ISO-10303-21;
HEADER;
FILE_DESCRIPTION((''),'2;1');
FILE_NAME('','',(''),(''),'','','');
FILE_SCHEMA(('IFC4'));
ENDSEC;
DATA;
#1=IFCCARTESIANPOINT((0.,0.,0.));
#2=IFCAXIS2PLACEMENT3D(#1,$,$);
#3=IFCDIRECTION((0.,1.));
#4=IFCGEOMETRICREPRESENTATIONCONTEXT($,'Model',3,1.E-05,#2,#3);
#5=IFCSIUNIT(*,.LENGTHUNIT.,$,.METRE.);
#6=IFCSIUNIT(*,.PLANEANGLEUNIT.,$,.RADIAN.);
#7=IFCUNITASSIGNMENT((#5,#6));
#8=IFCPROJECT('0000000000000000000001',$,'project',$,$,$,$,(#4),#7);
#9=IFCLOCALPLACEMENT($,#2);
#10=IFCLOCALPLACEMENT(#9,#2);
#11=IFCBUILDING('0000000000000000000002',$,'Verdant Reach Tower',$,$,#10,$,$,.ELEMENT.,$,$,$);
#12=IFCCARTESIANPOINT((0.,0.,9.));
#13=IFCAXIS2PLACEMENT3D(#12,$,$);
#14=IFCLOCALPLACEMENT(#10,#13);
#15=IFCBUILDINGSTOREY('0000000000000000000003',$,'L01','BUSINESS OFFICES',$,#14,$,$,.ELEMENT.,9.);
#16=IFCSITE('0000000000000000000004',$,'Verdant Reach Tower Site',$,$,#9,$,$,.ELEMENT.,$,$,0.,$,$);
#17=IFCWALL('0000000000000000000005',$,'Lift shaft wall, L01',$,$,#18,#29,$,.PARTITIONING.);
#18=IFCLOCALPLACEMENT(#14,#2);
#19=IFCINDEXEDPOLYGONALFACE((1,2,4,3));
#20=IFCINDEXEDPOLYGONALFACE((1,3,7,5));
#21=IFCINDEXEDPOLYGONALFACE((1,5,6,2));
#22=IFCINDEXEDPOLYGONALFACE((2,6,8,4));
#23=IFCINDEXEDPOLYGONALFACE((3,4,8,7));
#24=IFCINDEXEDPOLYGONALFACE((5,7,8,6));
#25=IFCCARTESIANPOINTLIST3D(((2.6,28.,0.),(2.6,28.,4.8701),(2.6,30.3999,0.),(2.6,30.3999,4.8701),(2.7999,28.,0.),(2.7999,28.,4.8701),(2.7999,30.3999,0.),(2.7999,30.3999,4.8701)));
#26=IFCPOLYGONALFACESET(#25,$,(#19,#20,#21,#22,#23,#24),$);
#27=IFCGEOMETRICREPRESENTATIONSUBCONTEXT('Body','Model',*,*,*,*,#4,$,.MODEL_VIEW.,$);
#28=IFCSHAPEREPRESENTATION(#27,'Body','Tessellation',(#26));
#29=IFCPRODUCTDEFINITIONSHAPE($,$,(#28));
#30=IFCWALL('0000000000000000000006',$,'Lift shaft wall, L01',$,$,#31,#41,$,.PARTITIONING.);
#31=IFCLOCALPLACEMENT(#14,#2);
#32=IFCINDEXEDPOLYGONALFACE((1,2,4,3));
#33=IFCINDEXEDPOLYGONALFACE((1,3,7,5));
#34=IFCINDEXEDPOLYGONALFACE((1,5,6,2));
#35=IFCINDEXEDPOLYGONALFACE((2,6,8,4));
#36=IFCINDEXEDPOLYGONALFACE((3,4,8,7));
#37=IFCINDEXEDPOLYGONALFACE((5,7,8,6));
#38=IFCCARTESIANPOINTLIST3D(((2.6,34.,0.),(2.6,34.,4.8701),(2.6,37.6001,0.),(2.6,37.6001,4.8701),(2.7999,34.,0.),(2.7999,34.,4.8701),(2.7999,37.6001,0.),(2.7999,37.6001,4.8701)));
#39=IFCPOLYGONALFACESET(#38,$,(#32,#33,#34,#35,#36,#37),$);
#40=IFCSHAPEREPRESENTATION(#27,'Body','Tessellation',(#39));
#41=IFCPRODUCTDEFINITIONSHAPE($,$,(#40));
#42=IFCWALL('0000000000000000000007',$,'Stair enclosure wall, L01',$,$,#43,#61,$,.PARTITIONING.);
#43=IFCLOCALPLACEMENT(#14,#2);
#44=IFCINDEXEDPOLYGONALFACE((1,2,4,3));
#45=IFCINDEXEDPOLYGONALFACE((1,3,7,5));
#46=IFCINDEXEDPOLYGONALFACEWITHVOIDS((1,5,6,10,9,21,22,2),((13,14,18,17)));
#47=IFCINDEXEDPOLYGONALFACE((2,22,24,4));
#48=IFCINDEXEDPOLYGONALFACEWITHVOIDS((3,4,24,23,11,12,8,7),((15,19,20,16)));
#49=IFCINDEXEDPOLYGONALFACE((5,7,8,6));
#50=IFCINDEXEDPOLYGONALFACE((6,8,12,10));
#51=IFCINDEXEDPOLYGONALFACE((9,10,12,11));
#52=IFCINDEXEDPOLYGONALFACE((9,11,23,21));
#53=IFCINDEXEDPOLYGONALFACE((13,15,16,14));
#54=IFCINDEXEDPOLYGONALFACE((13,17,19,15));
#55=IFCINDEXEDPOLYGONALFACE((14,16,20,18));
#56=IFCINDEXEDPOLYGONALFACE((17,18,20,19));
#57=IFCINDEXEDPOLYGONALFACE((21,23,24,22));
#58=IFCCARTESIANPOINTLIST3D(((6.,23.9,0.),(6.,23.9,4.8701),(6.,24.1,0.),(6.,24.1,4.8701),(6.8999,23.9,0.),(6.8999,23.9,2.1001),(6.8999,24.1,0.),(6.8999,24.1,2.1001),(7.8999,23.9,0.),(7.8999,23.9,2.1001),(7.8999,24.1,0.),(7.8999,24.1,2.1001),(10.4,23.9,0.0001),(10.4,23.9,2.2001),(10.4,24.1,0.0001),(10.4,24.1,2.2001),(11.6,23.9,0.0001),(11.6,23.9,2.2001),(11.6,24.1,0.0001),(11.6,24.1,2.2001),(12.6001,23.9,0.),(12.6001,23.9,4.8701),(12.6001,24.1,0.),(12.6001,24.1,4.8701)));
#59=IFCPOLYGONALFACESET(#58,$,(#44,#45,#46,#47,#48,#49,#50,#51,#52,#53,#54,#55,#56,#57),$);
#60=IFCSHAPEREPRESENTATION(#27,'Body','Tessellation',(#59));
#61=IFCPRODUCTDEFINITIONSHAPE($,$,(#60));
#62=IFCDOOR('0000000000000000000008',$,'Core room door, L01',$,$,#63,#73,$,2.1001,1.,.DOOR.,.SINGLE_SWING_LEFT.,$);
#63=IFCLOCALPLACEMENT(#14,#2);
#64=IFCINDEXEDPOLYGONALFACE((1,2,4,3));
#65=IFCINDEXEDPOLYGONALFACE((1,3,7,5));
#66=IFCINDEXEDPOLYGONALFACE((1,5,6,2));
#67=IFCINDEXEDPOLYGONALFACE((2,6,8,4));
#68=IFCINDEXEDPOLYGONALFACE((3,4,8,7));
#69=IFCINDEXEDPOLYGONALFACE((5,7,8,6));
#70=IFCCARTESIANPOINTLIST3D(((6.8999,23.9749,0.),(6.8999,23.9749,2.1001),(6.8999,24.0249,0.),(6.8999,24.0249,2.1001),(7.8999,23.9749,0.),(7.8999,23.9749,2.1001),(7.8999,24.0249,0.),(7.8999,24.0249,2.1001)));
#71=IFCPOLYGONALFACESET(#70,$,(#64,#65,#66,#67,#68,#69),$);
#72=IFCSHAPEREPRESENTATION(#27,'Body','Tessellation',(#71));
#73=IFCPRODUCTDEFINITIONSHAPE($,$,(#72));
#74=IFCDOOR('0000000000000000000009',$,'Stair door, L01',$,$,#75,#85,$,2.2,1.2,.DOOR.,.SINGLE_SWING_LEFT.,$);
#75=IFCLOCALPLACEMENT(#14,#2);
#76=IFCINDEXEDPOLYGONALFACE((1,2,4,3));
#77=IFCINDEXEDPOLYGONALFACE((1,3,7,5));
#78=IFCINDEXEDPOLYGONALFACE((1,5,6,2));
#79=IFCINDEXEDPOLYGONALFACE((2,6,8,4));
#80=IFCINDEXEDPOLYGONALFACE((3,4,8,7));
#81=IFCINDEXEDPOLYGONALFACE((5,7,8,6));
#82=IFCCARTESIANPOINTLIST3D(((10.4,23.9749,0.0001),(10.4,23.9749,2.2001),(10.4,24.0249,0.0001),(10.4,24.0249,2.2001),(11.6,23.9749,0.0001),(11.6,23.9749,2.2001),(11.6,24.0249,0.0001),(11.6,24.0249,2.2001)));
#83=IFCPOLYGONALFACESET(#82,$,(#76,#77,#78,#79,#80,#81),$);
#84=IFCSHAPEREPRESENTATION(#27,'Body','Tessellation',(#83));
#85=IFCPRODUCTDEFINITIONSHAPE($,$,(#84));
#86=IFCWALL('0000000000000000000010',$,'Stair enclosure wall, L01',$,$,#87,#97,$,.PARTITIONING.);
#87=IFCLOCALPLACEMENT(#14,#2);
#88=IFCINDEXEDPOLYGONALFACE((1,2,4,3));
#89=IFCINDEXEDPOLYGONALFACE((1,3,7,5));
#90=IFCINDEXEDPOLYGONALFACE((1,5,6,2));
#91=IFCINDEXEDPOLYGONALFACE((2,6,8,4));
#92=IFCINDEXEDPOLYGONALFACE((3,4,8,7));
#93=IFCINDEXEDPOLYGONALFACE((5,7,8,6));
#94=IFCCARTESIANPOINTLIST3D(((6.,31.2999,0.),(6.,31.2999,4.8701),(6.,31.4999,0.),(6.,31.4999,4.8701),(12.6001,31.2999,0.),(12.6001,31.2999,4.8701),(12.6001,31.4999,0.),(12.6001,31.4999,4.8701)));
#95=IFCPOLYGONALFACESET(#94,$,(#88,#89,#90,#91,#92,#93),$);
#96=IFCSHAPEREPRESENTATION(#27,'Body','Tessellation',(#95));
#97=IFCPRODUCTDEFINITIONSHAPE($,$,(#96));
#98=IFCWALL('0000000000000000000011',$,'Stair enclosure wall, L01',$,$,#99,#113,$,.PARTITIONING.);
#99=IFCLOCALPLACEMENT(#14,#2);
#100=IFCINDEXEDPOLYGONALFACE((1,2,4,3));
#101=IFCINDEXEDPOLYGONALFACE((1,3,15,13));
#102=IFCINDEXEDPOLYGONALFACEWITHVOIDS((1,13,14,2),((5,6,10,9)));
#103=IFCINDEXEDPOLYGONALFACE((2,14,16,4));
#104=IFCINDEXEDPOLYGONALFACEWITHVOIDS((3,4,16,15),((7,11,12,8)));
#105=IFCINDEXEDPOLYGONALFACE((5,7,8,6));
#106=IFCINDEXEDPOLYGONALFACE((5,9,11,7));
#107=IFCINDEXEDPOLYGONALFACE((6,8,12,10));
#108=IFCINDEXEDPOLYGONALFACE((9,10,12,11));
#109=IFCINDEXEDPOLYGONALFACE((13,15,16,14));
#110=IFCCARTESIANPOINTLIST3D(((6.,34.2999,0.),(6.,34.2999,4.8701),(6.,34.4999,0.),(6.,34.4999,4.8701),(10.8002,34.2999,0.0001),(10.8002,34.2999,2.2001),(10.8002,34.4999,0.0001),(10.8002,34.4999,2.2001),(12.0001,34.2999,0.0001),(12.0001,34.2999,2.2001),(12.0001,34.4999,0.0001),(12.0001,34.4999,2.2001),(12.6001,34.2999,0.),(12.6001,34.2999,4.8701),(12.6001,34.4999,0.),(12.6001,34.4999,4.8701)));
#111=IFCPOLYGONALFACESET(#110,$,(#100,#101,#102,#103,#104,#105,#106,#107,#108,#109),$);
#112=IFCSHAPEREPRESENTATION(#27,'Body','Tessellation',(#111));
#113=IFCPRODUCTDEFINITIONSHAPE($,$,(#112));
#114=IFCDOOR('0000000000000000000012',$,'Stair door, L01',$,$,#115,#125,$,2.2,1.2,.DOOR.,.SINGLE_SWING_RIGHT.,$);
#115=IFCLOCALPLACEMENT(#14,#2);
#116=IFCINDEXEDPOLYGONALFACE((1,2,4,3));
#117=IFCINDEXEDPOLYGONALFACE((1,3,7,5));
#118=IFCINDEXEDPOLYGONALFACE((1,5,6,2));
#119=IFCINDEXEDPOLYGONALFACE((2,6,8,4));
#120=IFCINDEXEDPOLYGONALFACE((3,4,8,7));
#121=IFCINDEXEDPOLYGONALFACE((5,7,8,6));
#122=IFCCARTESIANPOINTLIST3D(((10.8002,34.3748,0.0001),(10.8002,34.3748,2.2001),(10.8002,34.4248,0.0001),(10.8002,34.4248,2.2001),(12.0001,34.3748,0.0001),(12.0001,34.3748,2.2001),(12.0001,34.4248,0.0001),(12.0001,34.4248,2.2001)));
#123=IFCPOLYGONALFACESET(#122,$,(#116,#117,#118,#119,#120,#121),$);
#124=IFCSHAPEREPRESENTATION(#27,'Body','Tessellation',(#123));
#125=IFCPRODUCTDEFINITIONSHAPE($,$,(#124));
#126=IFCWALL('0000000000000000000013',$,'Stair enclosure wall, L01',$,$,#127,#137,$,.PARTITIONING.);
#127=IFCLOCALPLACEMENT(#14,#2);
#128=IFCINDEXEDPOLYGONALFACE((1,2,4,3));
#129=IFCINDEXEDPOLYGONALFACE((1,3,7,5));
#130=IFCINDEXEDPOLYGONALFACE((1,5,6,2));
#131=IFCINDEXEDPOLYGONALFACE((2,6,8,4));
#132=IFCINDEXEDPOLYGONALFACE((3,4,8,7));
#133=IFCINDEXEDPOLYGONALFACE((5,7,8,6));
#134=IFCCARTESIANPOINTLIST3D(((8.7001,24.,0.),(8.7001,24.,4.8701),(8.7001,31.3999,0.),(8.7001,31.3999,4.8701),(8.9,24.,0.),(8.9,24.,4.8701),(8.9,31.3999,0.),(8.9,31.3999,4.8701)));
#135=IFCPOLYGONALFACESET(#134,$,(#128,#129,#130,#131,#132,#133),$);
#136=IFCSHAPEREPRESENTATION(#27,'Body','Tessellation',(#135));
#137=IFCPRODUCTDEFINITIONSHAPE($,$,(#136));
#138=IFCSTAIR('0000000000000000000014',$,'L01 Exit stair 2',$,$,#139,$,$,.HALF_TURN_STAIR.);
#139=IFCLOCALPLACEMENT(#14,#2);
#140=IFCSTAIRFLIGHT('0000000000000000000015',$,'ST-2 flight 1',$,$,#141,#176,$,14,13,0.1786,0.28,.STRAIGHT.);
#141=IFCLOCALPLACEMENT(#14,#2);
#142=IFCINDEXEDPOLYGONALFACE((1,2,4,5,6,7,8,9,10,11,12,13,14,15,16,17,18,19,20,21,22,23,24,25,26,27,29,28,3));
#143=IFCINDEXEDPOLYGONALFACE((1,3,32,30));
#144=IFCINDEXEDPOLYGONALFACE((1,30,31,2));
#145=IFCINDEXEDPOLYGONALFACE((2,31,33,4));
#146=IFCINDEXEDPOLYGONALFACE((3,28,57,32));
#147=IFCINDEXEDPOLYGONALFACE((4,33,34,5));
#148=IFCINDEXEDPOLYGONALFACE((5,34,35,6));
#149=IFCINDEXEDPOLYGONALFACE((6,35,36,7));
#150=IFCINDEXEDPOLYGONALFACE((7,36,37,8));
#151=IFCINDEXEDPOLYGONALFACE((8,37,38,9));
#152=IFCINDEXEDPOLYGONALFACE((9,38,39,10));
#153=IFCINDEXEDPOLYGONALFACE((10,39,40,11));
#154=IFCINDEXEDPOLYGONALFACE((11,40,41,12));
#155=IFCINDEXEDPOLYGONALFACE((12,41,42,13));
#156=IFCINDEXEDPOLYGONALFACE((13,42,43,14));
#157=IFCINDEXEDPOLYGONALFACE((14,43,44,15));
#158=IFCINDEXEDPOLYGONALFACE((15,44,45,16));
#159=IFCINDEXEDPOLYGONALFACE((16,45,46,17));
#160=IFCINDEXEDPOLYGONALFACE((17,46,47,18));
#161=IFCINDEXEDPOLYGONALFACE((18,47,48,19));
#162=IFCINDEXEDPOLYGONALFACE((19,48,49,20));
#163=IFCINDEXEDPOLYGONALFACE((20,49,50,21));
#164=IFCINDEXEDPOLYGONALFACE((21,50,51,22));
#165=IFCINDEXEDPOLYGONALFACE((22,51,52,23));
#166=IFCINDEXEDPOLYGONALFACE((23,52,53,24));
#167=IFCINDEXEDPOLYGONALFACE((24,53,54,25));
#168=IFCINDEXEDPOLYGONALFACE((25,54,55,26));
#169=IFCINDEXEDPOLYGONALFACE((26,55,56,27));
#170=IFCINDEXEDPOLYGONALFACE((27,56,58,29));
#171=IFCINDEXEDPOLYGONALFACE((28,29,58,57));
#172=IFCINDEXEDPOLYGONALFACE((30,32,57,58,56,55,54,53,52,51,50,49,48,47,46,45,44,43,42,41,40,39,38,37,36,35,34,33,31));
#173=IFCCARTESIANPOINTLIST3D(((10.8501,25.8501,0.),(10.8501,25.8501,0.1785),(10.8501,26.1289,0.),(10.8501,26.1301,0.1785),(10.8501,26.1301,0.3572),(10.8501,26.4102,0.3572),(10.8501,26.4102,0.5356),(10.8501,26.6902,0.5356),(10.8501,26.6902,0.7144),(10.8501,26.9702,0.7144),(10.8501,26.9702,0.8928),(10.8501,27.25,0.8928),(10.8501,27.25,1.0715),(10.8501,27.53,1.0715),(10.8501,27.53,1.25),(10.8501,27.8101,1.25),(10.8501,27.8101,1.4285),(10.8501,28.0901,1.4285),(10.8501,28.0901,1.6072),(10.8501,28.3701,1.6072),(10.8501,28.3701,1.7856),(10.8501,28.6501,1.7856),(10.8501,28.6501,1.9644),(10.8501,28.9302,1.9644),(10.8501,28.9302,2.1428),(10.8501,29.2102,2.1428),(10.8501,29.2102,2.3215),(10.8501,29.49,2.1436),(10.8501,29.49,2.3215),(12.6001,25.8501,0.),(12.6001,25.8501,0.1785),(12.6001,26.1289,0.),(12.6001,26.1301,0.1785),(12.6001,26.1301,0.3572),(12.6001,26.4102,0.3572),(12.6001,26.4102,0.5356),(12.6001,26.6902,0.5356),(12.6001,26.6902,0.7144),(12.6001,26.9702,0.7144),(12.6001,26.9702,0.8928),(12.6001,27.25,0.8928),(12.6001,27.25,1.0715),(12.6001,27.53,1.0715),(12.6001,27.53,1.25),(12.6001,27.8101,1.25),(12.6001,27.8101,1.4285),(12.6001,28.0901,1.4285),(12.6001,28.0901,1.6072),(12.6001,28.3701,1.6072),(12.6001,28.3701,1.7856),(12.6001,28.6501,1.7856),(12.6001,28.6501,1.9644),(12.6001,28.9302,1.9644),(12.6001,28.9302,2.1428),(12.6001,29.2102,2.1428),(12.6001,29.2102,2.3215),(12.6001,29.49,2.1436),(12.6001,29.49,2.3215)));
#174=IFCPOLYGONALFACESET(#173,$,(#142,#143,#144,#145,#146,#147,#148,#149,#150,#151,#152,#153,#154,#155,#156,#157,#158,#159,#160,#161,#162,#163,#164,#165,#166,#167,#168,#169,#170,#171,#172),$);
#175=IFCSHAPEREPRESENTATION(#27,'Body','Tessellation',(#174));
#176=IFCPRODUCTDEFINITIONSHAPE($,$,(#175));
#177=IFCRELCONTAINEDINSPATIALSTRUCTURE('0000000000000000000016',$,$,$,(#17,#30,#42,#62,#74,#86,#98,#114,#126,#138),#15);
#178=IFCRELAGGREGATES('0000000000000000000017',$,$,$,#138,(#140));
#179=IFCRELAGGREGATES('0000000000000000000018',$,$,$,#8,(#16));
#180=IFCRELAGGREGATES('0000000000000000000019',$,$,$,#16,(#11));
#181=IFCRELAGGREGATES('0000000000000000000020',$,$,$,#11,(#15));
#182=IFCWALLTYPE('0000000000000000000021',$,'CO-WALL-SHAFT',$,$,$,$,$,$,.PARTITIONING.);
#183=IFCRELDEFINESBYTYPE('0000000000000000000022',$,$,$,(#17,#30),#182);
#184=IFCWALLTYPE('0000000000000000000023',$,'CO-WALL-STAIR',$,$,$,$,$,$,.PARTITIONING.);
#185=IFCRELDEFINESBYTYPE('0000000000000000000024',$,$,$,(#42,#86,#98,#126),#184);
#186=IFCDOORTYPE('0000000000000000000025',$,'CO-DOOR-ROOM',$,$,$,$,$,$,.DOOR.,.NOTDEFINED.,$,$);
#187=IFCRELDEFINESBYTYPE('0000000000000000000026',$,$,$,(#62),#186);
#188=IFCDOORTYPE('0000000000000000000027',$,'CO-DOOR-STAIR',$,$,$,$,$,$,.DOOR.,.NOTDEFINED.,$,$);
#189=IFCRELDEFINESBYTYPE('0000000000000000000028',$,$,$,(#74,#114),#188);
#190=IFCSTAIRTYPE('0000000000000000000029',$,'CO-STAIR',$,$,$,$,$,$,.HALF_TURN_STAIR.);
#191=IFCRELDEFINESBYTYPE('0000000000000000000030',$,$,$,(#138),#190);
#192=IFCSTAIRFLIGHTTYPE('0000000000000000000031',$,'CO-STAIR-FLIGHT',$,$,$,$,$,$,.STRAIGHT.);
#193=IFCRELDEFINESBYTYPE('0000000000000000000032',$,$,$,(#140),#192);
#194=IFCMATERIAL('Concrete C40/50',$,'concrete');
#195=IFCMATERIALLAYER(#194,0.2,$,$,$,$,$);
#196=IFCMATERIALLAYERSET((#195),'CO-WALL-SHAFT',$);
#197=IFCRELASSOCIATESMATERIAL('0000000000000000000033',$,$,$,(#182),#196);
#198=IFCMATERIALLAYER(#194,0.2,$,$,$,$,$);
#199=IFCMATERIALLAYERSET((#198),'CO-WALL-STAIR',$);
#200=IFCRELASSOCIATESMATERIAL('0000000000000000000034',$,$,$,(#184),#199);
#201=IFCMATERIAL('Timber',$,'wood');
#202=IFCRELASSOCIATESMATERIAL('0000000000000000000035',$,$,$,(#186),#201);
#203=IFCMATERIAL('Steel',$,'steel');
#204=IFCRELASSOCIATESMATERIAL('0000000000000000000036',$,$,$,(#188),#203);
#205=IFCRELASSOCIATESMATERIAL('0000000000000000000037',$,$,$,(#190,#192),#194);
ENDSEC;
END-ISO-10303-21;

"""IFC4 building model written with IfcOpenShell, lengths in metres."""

from ifc_helpers import new_model, si_unit, direction, frame, frame_2d, origin, place, context, subcontext, project, spatial, polyline, rectangle, outline, extrude, material, layer, layer_set, type_object, element, fill, aggregate, save


model = new_model("IFC4")

# Units and contexts
model_context = context("Model", 3, precision=1e-05, world=origin(), true_north=direction((0.0, 1.0)))
body_context = subcontext(model_context, "Body", "Model", "MODEL_VIEW")
ifc_project = project(units=[si_unit("LENGTHUNIT", "METRE"), si_unit("PLANEANGLEUNIT", "RADIAN")], contexts=[model_context])

# Site, building, storey
site_placement = place(None, origin())
site = spatial("IfcSite", under=ifc_project, at=site_placement, Name="Verdant Reach Tower Site", CompositionType="ELEMENT", RefElevation=0.0)
building_placement = place(site_placement, origin())
building = spatial("IfcBuilding", under=site, at=building_placement, Name="Verdant Reach Tower", CompositionType="ELEMENT")
storey_placement = place(building_placement, frame((0.0, 0.0, 9.0)))
storey = spatial("IfcBuildingStorey", under=building, at=storey_placement, Name="L01", Description="BUSINESS OFFICES", CompositionType="ELEMENT", Elevation=9.0)

# Walls
ifc_material_1 = material(Name="Concrete C40/50", Category="concrete")
ifc_layer_1 = layer(ifc_material_1, 0.2)
ifc_layer_set_1 = layer_set([ifc_layer_1], Name="CO-WALL-SHAFT")
wall_type_1 = type_object("IfcWallType", Name="CO-WALL-SHAFT", PredefinedType="PARTITIONING", material=ifc_layer_set_1)
for number, where, z_axis, x_axis, name in (
    (1, (2.7, 28.0, 0.0), (0.0, 0.0, 1.0), (0.0, 1.0, 0.0), "Lift shaft wall, L01"),
):
    element("IfcWall", number, at=place(storey_placement, frame(where, z_axis=z_axis, x_axis=x_axis)), inside=storey, type_object=wall_type_1, Name=name, PredefinedType="PARTITIONING", context=body_context, shape_type="SweptSolid", body=[
        extrude(rectangle(XDim=2.3999, YDim=0.2, at=frame_2d((1.2, 0.0))), origin(), (0.0, 0.0, 1.0), 4.8701),
    ])
wall_1_placement = place(storey_placement, frame((2.7, 34.0, 0.0), z_axis=(0.0, 0.0, 1.0), x_axis=(0.0, 1.0, 0.0)))
element("IfcWall", 2, at=wall_1_placement, inside=storey, type_object=wall_type_1, Name="Lift shaft wall, L01", PredefinedType="PARTITIONING", context=body_context, shape_type="SweptSolid", body=[
    extrude(rectangle(XDim=3.6001, YDim=0.2, at=frame_2d((1.8, 0.0))), origin(), (0.0, 0.0, 1.0), 4.8701),
])

# Wall, openings, doors
ifc_layer_2 = layer(ifc_material_1, 0.2)
ifc_layer_set_2 = layer_set([ifc_layer_2], Name="CO-WALL-STAIR")
wall_type_2 = type_object("IfcWallType", Name="CO-WALL-STAIR", PredefinedType="PARTITIONING", material=ifc_layer_set_2)
wall_2_placement = place(storey_placement, frame((6.0, 24.0, 0.0), z_axis=(0.0, 0.0, 1.0), x_axis=(1.0, 0.0, 0.0)))
wall_2 = element("IfcWall", 3, at=wall_2_placement, inside=storey, type_object=wall_type_2, Name="Stair enclosure wall, L01", PredefinedType="PARTITIONING", context=body_context, shape_type="SweptSolid", body=[
    extrude(rectangle(XDim=6.6001, YDim=0.2, at=frame_2d((3.3, 0.0))), origin(), (0.0, 0.0, 1.0), 4.8701),
])
opening_1_placement = place(wall_2_placement, frame((0.8999, 0.0, 0.0)))
opening_1 = element("IfcOpeningElement", 4, at=opening_1_placement, cuts=wall_2, PredefinedType="OPENING", context=body_context, shape_type="SweptSolid", body=[
    extrude(rectangle(XDim=1.0, YDim=2.1001, at=frame_2d((0.5, 1.05))), frame((0.0, 0.1099, 0.0), z_axis=(0.0, -1.0, 0.0), x_axis=(1.0, 0.0, 0.0)), (0.0, 0.0, 1.0), 0.22),
])
opening_2_placement = place(wall_2_placement, frame((4.3999, 0.0, 0.0)))
opening_2 = element("IfcOpeningElement", 5, at=opening_2_placement, cuts=wall_2, PredefinedType="OPENING", context=body_context, shape_type="SweptSolid", body=[
    extrude(rectangle(XDim=1.2, YDim=2.2, at=frame_2d((0.6001, 1.1001))), frame((0.0, 0.1099, 0.0), z_axis=(0.0, -1.0, 0.0), x_axis=(1.0, 0.0, 0.0)), (0.0, 0.0, 1.0), 0.22),
])
ifc_material_2 = material(Name="Timber", Category="wood")
door_type_1 = type_object("IfcDoorType", Name="CO-DOOR-ROOM", OperationType="NOTDEFINED", PredefinedType="DOOR", material=ifc_material_2)
door_1_placement = place(opening_1_placement, origin())
door_1 = element("IfcDoor", 6, at=door_1_placement, inside=storey, type_object=door_type_1, Name="Core room door, L01", OperationType="SINGLE_SWING_LEFT", OverallHeight=2.1001, OverallWidth=1.0, PredefinedType="DOOR", context=body_context, shape_type="SweptSolid", body=[
    extrude(rectangle(XDim=1.0, YDim=2.1001, at=frame_2d((0.5, 1.05))), frame((0.0, 0.0249, 0.0), z_axis=(0.0, -1.0, 0.0), x_axis=(1.0, 0.0, 0.0)), (0.0, 0.0, 1.0), 0.05),
])
fill(opening_1, door_1)
ifc_material_3 = material(Name="Steel", Category="steel")
door_type_2 = type_object("IfcDoorType", Name="CO-DOOR-STAIR", OperationType="NOTDEFINED", PredefinedType="DOOR", material=ifc_material_3)
door_2_placement = place(opening_2_placement, origin())
door_2 = element("IfcDoor", 7, at=door_2_placement, inside=storey, type_object=door_type_2, Name="Stair door, L01", OperationType="SINGLE_SWING_LEFT", OverallHeight=2.2, OverallWidth=1.2, PredefinedType="DOOR", context=body_context, shape_type="SweptSolid", body=[
    extrude(rectangle(XDim=1.2, YDim=2.2, at=frame_2d((0.6001, 1.1001))), frame((0.0, 0.0249, 0.0), z_axis=(0.0, -1.0, 0.0), x_axis=(1.0, 0.0, 0.0)), (0.0, 0.0, 1.0), 0.05),
])
fill(opening_2, door_2)

# Wall
wall_3_placement = place(storey_placement, frame((6.0, 31.3999, 0.0), z_axis=(0.0, 0.0, 1.0), x_axis=(1.0, 0.0, 0.0)))
element("IfcWall", 8, at=wall_3_placement, inside=storey, type_object=wall_type_2, Name="Stair enclosure wall, L01", PredefinedType="PARTITIONING", context=body_context, shape_type="SweptSolid", body=[
    extrude(rectangle(XDim=6.6001, YDim=0.2, at=frame_2d((3.3, 0.0))), origin(), (0.0, 0.0, 1.0), 4.8701),
])

# Wall, opening, door
wall_4_placement = place(storey_placement, frame((6.0, 34.3999, 0.0), z_axis=(0.0, 0.0, 1.0), x_axis=(1.0, 0.0, 0.0)))
wall_4 = element("IfcWall", 9, at=wall_4_placement, inside=storey, type_object=wall_type_2, Name="Stair enclosure wall, L01", PredefinedType="PARTITIONING", context=body_context, shape_type="SweptSolid", body=[
    extrude(rectangle(XDim=6.6001, YDim=0.2, at=frame_2d((3.3, 0.0))), origin(), (0.0, 0.0, 1.0), 4.8701),
])
opening_3_placement = place(wall_4_placement, frame((4.8, 0.0, 0.0)))
opening_3 = element("IfcOpeningElement", 10, at=opening_3_placement, cuts=wall_4, PredefinedType="OPENING", context=body_context, shape_type="SweptSolid", body=[
    extrude(rectangle(XDim=1.2, YDim=2.2, at=frame_2d((0.6001, 1.1001))), frame((0.0, 0.1099, 0.0), z_axis=(0.0, -1.0, 0.0), x_axis=(1.0, 0.0, 0.0)), (0.0, 0.0, 1.0), 0.22),
])
door_3_placement = place(opening_3_placement, origin())
door_3 = element("IfcDoor", 11, at=door_3_placement, inside=storey, type_object=door_type_2, Name="Stair door, L01", OperationType="SINGLE_SWING_RIGHT", OverallHeight=2.2, OverallWidth=1.2, PredefinedType="DOOR", context=body_context, shape_type="SweptSolid", body=[
    extrude(rectangle(XDim=1.2, YDim=2.2, at=frame_2d((0.6001, 1.1001))), frame((0.0, 0.0249, 0.0), z_axis=(0.0, -1.0, 0.0), x_axis=(1.0, 0.0, 0.0)), (0.0, 0.0, 1.0), 0.05),
])
fill(opening_3, door_3)

# Wall
wall_5_placement = place(storey_placement, frame((8.8, 24.0, 0.0), z_axis=(0.0, 0.0, 1.0), x_axis=(0.0, 1.0, 0.0)))
element("IfcWall", 12, at=wall_5_placement, inside=storey, type_object=wall_type_2, Name="Stair enclosure wall, L01", PredefinedType="PARTITIONING", context=body_context, shape_type="SweptSolid", body=[
    extrude(rectangle(XDim=7.3999, YDim=0.2, at=frame_2d((3.7, 0.0))), origin(), (0.0, 0.0, 1.0), 4.8701),
])

# Stair, stair flight
stair_type = type_object("IfcStairType", Name="CO-STAIR", PredefinedType="HALF_TURN_STAIR", material=ifc_material_1)
stair_1_placement = place(storey_placement, origin())
stair_1 = element("IfcStair", 13, at=stair_1_placement, inside=storey, type_object=stair_type, Name="L01 Exit stair 2", PredefinedType="HALF_TURN_STAIR")
stair_flight_type = type_object("IfcStairFlightType", Name="CO-STAIR-FLIGHT", PredefinedType="STRAIGHT", material=ifc_material_1)
stair_flight_1_placement = place(storey_placement, frame((11.7251, 25.8501, 0.0), z_axis=(0.0, 0.0, 1.0), x_axis=(0.0, 1.0, 0.0)))
stair_flight_1 = element("IfcStairFlight", 14, at=stair_flight_1_placement, type_object=stair_flight_type, Name="ST-2 flight 1", NumberOfRisers=14, NumberOfTreads=13, PredefinedType="STRAIGHT", RiserHeight=0.1786, TreadLength=0.28, context=body_context, shape_type="SweptSolid", body=[
    extrude(outline(polyline([(0.0, 0.0), (0.0, 0.1785), (0.28, 0.1785), (0.28, 0.3572), (0.5601, 0.3572), (0.5601, 0.5356), (0.8401, 0.5356), (0.8401, 0.7144), (1.1201, 0.7144), (1.1201, 0.8928), (1.3999, 0.8928), (1.3999, 1.0715), (1.6799, 1.0715), (1.6799, 1.25), (1.96, 1.25), (1.96, 1.4285), (2.24, 1.4285), (2.24, 1.6072), (2.52, 1.6072), (2.52, 1.7856), (2.8, 1.7856), (2.8, 1.9644), (3.0801, 1.9644), (3.0801, 2.1428), (3.3601, 2.1428), (3.3601, 2.3215), (3.6399, 2.3215), (3.6399, 2.5), (3.6399, 2.1436), (0.2788, 0.0), (0.0, 0.0)])), frame((0.0, 0.875, 0.0), z_axis=(0.0, -1.0, 0.0), x_axis=(1.0, 0.0, 0.0)), (0.0, 0.0, 1.0), 1.75),
])
aggregate(stair_1, [stair_flight_1])

save(model, "model.ifc")
